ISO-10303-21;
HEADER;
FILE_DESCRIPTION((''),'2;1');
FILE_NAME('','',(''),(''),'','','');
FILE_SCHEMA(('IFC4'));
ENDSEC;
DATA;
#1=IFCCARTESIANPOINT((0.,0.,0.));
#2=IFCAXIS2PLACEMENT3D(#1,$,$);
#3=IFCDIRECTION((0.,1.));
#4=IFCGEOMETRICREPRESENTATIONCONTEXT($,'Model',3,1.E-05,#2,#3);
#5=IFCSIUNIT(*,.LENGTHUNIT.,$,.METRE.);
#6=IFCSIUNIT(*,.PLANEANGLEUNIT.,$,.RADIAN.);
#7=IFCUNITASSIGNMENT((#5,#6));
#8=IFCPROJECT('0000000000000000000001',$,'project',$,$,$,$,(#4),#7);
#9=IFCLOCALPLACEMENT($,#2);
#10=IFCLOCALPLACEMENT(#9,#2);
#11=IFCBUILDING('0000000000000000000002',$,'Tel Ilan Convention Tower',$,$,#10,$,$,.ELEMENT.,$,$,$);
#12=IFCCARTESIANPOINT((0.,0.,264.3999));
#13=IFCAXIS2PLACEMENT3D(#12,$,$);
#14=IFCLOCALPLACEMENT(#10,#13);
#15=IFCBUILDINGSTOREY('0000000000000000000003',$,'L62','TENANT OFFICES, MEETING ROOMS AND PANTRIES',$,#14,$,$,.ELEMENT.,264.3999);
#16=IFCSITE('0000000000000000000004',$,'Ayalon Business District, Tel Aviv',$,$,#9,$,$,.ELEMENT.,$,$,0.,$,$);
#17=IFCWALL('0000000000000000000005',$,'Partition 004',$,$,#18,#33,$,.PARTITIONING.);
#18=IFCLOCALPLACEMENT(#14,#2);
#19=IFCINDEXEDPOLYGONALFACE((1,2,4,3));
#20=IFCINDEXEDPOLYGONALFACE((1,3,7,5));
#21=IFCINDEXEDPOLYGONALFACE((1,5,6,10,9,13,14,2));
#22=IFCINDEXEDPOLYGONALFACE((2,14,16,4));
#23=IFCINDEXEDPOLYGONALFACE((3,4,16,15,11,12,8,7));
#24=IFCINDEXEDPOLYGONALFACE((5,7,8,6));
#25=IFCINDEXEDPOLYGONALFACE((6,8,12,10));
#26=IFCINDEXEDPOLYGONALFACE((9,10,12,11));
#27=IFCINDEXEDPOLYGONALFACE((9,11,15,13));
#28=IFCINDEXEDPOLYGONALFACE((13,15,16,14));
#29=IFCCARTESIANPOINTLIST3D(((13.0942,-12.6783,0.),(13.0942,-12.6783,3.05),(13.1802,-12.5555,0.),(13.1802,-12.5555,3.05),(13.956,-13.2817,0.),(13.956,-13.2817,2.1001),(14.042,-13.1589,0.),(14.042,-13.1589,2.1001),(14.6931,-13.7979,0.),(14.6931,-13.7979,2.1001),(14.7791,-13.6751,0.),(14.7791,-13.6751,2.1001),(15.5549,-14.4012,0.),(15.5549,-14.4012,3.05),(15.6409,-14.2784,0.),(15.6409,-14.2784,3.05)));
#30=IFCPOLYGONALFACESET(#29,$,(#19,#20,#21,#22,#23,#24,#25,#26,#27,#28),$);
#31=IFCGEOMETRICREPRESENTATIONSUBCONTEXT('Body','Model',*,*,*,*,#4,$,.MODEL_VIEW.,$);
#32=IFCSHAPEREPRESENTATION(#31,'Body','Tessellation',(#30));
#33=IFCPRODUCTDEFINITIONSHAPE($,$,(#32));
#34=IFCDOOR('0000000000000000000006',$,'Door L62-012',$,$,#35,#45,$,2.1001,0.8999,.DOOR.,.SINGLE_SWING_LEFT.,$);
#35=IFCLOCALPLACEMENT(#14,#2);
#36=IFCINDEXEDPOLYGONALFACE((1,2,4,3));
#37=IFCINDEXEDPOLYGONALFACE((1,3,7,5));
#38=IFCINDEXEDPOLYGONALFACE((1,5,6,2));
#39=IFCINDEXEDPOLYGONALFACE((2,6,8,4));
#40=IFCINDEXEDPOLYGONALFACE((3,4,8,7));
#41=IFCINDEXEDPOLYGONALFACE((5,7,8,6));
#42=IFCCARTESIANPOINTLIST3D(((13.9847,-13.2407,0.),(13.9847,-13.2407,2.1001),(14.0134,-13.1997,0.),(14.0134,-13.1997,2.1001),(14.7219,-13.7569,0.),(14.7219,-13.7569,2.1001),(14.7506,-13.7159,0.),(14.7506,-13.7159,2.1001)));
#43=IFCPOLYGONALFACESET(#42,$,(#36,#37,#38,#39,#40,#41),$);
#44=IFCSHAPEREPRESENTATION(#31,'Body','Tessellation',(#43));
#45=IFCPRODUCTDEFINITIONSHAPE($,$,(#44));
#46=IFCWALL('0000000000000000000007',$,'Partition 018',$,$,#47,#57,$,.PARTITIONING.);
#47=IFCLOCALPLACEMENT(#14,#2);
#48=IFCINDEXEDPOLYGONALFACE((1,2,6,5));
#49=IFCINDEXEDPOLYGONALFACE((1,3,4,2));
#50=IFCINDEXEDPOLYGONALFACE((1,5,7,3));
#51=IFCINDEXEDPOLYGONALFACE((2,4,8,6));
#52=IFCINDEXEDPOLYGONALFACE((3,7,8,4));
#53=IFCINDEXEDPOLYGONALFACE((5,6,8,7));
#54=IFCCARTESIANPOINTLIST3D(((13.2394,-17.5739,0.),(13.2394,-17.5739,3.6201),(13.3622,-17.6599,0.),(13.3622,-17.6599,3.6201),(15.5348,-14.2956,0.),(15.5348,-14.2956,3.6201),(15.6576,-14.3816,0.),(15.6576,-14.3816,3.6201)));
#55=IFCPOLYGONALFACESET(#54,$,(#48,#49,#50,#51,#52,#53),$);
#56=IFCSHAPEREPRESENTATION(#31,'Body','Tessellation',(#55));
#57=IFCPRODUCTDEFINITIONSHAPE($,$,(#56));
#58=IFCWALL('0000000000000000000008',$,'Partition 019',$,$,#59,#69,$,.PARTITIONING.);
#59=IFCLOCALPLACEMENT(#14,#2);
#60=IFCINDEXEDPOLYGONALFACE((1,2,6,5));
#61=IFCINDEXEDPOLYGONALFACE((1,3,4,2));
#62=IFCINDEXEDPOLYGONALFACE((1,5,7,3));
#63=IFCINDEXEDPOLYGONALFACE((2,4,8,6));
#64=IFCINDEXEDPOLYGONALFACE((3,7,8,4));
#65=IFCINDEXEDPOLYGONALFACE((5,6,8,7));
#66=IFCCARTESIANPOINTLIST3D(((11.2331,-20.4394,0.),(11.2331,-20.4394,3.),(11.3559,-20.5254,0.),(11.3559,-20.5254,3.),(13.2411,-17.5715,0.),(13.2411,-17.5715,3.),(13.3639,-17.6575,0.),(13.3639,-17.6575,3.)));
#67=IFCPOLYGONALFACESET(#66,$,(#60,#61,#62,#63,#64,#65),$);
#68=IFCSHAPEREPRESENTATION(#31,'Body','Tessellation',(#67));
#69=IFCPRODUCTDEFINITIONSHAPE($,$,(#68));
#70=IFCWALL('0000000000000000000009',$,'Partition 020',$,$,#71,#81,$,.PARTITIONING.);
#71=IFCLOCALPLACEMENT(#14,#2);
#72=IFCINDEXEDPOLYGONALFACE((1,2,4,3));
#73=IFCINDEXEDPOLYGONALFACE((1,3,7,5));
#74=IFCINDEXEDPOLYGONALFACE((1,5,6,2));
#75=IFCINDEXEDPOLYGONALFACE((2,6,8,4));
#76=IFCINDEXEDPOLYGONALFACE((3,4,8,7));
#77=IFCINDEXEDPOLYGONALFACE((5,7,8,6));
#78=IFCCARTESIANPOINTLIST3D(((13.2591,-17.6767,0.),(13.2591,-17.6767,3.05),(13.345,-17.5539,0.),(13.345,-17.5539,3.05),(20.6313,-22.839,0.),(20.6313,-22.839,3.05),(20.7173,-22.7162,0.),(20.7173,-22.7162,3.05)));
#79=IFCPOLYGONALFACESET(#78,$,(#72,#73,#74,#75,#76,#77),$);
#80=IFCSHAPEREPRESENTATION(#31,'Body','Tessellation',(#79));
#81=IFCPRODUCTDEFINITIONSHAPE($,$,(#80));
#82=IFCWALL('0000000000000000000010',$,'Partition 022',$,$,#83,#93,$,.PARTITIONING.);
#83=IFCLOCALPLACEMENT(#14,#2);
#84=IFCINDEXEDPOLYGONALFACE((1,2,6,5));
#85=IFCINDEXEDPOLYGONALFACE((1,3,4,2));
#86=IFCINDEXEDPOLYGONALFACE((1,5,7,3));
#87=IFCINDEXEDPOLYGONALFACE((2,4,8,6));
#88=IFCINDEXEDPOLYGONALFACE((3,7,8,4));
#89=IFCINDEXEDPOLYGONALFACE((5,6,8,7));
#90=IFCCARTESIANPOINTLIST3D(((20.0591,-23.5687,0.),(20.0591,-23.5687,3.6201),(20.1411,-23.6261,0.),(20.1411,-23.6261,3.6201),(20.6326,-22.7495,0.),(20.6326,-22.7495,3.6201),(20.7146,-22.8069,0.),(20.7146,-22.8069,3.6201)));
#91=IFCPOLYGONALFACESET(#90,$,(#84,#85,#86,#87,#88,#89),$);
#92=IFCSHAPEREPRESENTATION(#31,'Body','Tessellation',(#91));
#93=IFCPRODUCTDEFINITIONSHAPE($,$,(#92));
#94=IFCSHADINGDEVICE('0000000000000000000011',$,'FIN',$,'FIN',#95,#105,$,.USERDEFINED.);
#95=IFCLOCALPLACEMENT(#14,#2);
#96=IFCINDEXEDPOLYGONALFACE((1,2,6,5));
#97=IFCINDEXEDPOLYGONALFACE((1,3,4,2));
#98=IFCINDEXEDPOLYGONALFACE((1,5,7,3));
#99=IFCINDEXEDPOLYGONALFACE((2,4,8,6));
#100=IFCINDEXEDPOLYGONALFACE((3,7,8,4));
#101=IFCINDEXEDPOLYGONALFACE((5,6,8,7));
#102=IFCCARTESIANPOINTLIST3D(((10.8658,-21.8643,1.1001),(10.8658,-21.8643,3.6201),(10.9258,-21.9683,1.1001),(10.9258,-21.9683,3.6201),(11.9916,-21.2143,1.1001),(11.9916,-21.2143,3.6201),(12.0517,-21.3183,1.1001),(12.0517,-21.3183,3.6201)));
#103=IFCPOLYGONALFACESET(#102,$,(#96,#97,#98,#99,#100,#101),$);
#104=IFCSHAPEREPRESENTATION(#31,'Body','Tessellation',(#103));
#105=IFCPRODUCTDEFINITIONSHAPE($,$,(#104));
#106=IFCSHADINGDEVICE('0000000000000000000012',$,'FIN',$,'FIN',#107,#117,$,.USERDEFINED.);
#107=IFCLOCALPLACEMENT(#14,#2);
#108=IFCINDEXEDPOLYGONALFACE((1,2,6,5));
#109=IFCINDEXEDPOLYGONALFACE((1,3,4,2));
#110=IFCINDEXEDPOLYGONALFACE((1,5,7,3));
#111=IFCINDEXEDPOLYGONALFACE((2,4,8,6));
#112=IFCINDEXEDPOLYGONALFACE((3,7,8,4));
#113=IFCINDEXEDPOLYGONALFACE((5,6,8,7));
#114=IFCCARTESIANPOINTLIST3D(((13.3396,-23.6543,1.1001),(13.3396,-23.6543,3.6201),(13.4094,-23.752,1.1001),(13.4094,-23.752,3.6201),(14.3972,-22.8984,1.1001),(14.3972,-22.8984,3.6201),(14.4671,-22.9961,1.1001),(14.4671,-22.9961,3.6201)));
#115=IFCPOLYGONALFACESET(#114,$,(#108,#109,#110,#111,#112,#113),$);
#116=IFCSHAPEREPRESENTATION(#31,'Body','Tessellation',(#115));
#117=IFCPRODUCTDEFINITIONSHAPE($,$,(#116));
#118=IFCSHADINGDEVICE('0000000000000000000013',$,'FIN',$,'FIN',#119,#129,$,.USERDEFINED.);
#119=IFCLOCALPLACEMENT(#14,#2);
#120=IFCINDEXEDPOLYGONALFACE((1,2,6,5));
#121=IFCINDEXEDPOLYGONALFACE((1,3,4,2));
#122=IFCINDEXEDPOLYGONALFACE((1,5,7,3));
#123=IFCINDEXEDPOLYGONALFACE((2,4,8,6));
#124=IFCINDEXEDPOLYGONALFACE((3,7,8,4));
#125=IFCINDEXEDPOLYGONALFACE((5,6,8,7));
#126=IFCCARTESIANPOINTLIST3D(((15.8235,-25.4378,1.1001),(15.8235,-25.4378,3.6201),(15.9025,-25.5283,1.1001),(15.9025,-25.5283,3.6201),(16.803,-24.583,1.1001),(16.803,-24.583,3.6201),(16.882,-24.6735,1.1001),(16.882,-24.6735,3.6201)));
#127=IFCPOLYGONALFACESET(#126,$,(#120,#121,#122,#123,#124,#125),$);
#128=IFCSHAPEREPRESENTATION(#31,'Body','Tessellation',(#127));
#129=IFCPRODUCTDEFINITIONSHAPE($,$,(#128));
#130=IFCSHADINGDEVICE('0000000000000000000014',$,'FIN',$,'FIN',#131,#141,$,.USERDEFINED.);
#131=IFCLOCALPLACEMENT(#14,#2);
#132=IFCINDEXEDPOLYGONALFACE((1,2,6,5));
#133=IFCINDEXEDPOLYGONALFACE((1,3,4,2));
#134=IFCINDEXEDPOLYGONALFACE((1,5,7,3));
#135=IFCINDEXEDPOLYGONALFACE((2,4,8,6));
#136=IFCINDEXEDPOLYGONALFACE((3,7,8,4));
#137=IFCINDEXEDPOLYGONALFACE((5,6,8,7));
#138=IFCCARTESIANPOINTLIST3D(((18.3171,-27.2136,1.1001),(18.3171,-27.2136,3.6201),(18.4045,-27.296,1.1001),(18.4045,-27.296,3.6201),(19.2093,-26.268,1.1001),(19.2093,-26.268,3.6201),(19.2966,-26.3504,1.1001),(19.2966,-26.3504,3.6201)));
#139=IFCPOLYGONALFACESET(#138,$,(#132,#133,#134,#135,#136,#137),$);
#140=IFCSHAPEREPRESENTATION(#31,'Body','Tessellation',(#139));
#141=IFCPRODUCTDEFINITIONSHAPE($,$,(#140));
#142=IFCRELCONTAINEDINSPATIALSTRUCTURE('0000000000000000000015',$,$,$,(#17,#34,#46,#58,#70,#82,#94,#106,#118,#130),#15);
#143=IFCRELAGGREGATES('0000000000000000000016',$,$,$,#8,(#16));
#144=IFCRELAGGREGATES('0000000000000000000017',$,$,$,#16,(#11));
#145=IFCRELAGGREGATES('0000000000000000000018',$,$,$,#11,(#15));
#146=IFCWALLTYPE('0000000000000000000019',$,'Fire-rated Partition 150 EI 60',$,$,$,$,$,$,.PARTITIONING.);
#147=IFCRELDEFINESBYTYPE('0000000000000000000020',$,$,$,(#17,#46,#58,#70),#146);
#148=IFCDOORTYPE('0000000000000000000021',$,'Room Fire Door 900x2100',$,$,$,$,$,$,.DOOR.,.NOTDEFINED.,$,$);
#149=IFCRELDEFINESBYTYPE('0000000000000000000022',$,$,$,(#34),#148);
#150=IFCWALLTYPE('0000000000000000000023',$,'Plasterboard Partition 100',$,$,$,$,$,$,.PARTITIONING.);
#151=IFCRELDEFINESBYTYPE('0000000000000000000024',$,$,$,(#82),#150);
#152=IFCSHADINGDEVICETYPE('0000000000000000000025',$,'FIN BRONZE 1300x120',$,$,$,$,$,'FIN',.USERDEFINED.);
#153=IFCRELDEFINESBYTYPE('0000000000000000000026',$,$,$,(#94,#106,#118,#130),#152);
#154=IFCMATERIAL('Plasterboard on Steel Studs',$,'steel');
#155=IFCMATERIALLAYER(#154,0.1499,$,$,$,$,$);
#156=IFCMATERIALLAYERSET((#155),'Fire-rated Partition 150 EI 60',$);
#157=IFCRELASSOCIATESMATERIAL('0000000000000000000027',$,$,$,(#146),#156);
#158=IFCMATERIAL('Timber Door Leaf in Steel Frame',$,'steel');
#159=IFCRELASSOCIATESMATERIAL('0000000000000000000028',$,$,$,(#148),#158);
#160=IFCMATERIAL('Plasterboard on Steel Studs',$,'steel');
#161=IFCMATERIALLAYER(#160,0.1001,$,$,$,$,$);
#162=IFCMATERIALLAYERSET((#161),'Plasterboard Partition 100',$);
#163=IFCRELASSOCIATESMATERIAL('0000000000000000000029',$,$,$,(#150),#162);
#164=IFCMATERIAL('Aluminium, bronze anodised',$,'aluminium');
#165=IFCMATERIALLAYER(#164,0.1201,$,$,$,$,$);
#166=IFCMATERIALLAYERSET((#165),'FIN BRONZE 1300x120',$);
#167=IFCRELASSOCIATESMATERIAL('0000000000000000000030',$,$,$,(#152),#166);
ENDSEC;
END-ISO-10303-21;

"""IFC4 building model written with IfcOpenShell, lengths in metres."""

from ifc_helpers import new_model, si_unit, direction, frame, frame_2d, origin, origin_2d, place, context, subcontext, project, spatial, rectangle, extrude, material, layer, layer_set, type_object, element, fill, save


model = new_model("IFC4")

# Units and contexts
model_context = context("Model", 3, precision=1e-05, world=origin(), true_north=direction((0.0, 1.0)))
body_context = subcontext(model_context, "Body", "Model", "MODEL_VIEW")
ifc_project = project(units=[si_unit("LENGTHUNIT", "METRE"), si_unit("PLANEANGLEUNIT", "RADIAN")], contexts=[model_context])

# Site, building, storey
site_placement = place(None, origin())
site = spatial("IfcSite", under=ifc_project, at=site_placement, Name="Ayalon Business District, Tel Aviv", CompositionType="ELEMENT", RefElevation=0.0)
building_placement = place(site_placement, origin())
building = spatial("IfcBuilding", under=site, at=building_placement, Name="Tel Ilan Convention Tower", CompositionType="ELEMENT")
storey_placement = place(building_placement, frame((0.0, 0.0, 264.3999)))
storey = spatial("IfcBuildingStorey", under=building, at=storey_placement, Name="L62", Description="TENANT OFFICES, MEETING ROOMS AND PANTRIES", CompositionType="ELEMENT", Elevation=264.3999)

# Wall, opening, door
ifc_material_1 = material(Name="Plasterboard on Steel Studs", Category="steel")
ifc_layer_1 = layer(ifc_material_1, 0.1499)
ifc_layer_set_1 = layer_set([ifc_layer_1], Name="Fire-rated Partition 150 EI 60")
wall_type_1 = type_object("IfcWallType", Name="Fire-rated Partition 150 EI 60", PredefinedType="PARTITIONING", material=ifc_layer_set_1)
wall_1_placement = place(storey_placement, frame((15.5979, -14.3398, 0.0), z_axis=(0.0, 0.0, 1.0), x_axis=(-0.819167, 0.573555, 0.0)))
wall_1 = element("IfcWall", 1, at=wall_1_placement, inside=storey, type_object=wall_type_1, Name="Partition 004", PredefinedType="PARTITIONING", context=body_context, shape_type="SweptSolid", body=[
    extrude(rectangle(XDim=3.0039, YDim=0.1499, at=frame_2d((1.502, 0.0))), origin(), (0.0, 0.0, 1.0), 3.05),
])
opening_placement = place(wall_1_placement, frame((1.052, 0.0, 0.0)))
opening = element("IfcOpeningElement", 2, at=opening_placement, cuts=wall_1, PredefinedType="OPENING", context=body_context, shape_type="SweptSolid", body=[
    extrude(rectangle(XDim=0.8999, YDim=2.1001, at=frame_2d((0.45, 1.05))), frame((0.0, 0.085, 0.0), z_axis=(0.0, -1.0, 0.0), x_axis=(1.0, 0.0, 0.0)), (0.0, 0.0, 1.0), 0.1699),
])
ifc_material_2 = material(Name="Timber Door Leaf in Steel Frame", Category="steel")
door_type = type_object("IfcDoorType", Name="Room Fire Door 900x2100", OperationType="NOTDEFINED", PredefinedType="DOOR", material=ifc_material_2)
door_placement = place(opening_placement, origin())
door = element("IfcDoor", 3, at=door_placement, inside=storey, type_object=door_type, Name="Door L62-012", OperationType="SINGLE_SWING_LEFT", OverallHeight=2.1001, OverallWidth=0.8999, PredefinedType="DOOR", context=body_context, shape_type="SweptSolid", body=[
    extrude(rectangle(XDim=0.8999, YDim=2.1001, at=frame_2d((0.45, 1.05))), frame((0.0, 0.0249, 0.0), z_axis=(0.0, -1.0, 0.0), x_axis=(1.0, 0.0, 0.0)), (0.0, 0.0, 1.0), 0.05),
])
fill(opening, door)

# Walls
wall_2_placement = place(storey_placement, frame((15.5962, -14.3386, 0.0), z_axis=(0.0, 0.0, 1.0), x_axis=(-0.573561, -0.819163, 0.0)))
element("IfcWall", 4, at=wall_2_placement, inside=storey, type_object=wall_type_1, Name="Partition 018", PredefinedType="PARTITIONING", context=body_context, shape_type="SweptSolid", body=[
    extrude(rectangle(XDim=4.002, YDim=0.1499, at=frame_2d((2.001, 0.0))), origin(), (0.0, 0.0, 1.0), 3.6201),
])
wall_3_placement = place(storey_placement, frame((13.3025, -17.6145, 0.0), z_axis=(0.0, 0.0, 1.0), x_axis=(-0.573561, -0.819163, 0.0)))
element("IfcWall", 5, at=wall_3_placement, inside=storey, type_object=wall_type_1, Name="Partition 019", PredefinedType="PARTITIONING", context=body_context, shape_type="SweptSolid", body=[
    extrude(rectangle(XDim=3.501, YDim=0.1499, at=frame_2d((1.7505, 0.0))), origin(), (0.0, 0.0, 1.0), 3.0),
])
wall_4_placement = place(storey_placement, frame((20.6743, -22.7776, 0.0), z_axis=(0.0, 0.0, 1.0), x_axis=(-0.819141, 0.573592, 0.0)))
element("IfcWall", 6, at=wall_4_placement, inside=storey, type_object=wall_type_1, Name="Partition 020", PredefinedType="PARTITIONING", context=body_context, shape_type="SweptSolid", body=[
    extrude(rectangle(XDim=9.0, YDim=0.1499, at=frame_2d((4.5, 0.0))), origin(), (0.0, 0.0, 1.0), 3.05),
])
ifc_material_3 = material(Name="Plasterboard on Steel Studs", Category="steel")
ifc_layer_2 = layer(ifc_material_3, 0.1001)
ifc_layer_set_2 = layer_set([ifc_layer_2], Name="Plasterboard Partition 100")
wall_type_2 = type_object("IfcWallType", Name="Plasterboard Partition 100", PredefinedType="PARTITIONING", material=ifc_layer_set_2)
wall_5_placement = place(storey_placement, frame((20.1001, -23.5974, 0.0), z_axis=(0.0, 0.0, 1.0), x_axis=(0.573544, 0.819175, 0.0)))
element("IfcWall", 7, at=wall_5_placement, inside=storey, type_object=wall_type_2, Name="Partition 022", PredefinedType="PARTITIONING", context=body_context, shape_type="SweptSolid", body=[
    extrude(rectangle(XDim=1.0, YDim=0.1001, at=frame_2d((0.5, 0.0))), origin(), (0.0, 0.0, 1.0), 3.6201),
])

# Shading devices
ifc_material_4 = material(Name="Aluminium, bronze anodised", Category="aluminium")
ifc_layer_3 = layer(ifc_material_4, 0.1201)
ifc_layer_set_3 = layer_set([ifc_layer_3], Name="FIN BRONZE 1300x120")
shading_device_type = type_object("IfcShadingDeviceType", Name="FIN BRONZE 1300x120", ElementType="FIN", PredefinedType="USERDEFINED", material=ifc_layer_set_3)
for number, where, z_axis, x_axis, name in (
    (8, (11.4587, -21.5913, 1.1001), (0.0, 0.0, 1.0), (-0.866025, -0.5, 0.0), "FIN"),
    (9, (13.9033, -23.3252, 1.1001), (0.0, 0.0, 1.0), (-0.813552, -0.581492, 0.0), "FIN"),
    (10, (16.3528, -25.0557, 1.1001), (0.0, 0.0, 1.0), (-0.753436, -0.657521, 0.0), "FIN"),
    (11, (18.8069, -26.782, 1.1001), (0.0, 0.0, 1.0), (-0.686242, -0.727374, 0.0), "FIN"),
):
    element("IfcShadingDevice", number, at=place(storey_placement, frame(where, z_axis=z_axis, x_axis=x_axis)), inside=storey, type_object=shading_device_type, Name=name, ObjectType="FIN", PredefinedType="USERDEFINED", context=body_context, shape_type="SweptSolid", body=[
        extrude(rectangle(XDim=1.3, YDim=0.1201, at=origin_2d()), origin(), (0.0, 0.0, 1.0), 2.52),
    ])

save(model, "model.ifc")
